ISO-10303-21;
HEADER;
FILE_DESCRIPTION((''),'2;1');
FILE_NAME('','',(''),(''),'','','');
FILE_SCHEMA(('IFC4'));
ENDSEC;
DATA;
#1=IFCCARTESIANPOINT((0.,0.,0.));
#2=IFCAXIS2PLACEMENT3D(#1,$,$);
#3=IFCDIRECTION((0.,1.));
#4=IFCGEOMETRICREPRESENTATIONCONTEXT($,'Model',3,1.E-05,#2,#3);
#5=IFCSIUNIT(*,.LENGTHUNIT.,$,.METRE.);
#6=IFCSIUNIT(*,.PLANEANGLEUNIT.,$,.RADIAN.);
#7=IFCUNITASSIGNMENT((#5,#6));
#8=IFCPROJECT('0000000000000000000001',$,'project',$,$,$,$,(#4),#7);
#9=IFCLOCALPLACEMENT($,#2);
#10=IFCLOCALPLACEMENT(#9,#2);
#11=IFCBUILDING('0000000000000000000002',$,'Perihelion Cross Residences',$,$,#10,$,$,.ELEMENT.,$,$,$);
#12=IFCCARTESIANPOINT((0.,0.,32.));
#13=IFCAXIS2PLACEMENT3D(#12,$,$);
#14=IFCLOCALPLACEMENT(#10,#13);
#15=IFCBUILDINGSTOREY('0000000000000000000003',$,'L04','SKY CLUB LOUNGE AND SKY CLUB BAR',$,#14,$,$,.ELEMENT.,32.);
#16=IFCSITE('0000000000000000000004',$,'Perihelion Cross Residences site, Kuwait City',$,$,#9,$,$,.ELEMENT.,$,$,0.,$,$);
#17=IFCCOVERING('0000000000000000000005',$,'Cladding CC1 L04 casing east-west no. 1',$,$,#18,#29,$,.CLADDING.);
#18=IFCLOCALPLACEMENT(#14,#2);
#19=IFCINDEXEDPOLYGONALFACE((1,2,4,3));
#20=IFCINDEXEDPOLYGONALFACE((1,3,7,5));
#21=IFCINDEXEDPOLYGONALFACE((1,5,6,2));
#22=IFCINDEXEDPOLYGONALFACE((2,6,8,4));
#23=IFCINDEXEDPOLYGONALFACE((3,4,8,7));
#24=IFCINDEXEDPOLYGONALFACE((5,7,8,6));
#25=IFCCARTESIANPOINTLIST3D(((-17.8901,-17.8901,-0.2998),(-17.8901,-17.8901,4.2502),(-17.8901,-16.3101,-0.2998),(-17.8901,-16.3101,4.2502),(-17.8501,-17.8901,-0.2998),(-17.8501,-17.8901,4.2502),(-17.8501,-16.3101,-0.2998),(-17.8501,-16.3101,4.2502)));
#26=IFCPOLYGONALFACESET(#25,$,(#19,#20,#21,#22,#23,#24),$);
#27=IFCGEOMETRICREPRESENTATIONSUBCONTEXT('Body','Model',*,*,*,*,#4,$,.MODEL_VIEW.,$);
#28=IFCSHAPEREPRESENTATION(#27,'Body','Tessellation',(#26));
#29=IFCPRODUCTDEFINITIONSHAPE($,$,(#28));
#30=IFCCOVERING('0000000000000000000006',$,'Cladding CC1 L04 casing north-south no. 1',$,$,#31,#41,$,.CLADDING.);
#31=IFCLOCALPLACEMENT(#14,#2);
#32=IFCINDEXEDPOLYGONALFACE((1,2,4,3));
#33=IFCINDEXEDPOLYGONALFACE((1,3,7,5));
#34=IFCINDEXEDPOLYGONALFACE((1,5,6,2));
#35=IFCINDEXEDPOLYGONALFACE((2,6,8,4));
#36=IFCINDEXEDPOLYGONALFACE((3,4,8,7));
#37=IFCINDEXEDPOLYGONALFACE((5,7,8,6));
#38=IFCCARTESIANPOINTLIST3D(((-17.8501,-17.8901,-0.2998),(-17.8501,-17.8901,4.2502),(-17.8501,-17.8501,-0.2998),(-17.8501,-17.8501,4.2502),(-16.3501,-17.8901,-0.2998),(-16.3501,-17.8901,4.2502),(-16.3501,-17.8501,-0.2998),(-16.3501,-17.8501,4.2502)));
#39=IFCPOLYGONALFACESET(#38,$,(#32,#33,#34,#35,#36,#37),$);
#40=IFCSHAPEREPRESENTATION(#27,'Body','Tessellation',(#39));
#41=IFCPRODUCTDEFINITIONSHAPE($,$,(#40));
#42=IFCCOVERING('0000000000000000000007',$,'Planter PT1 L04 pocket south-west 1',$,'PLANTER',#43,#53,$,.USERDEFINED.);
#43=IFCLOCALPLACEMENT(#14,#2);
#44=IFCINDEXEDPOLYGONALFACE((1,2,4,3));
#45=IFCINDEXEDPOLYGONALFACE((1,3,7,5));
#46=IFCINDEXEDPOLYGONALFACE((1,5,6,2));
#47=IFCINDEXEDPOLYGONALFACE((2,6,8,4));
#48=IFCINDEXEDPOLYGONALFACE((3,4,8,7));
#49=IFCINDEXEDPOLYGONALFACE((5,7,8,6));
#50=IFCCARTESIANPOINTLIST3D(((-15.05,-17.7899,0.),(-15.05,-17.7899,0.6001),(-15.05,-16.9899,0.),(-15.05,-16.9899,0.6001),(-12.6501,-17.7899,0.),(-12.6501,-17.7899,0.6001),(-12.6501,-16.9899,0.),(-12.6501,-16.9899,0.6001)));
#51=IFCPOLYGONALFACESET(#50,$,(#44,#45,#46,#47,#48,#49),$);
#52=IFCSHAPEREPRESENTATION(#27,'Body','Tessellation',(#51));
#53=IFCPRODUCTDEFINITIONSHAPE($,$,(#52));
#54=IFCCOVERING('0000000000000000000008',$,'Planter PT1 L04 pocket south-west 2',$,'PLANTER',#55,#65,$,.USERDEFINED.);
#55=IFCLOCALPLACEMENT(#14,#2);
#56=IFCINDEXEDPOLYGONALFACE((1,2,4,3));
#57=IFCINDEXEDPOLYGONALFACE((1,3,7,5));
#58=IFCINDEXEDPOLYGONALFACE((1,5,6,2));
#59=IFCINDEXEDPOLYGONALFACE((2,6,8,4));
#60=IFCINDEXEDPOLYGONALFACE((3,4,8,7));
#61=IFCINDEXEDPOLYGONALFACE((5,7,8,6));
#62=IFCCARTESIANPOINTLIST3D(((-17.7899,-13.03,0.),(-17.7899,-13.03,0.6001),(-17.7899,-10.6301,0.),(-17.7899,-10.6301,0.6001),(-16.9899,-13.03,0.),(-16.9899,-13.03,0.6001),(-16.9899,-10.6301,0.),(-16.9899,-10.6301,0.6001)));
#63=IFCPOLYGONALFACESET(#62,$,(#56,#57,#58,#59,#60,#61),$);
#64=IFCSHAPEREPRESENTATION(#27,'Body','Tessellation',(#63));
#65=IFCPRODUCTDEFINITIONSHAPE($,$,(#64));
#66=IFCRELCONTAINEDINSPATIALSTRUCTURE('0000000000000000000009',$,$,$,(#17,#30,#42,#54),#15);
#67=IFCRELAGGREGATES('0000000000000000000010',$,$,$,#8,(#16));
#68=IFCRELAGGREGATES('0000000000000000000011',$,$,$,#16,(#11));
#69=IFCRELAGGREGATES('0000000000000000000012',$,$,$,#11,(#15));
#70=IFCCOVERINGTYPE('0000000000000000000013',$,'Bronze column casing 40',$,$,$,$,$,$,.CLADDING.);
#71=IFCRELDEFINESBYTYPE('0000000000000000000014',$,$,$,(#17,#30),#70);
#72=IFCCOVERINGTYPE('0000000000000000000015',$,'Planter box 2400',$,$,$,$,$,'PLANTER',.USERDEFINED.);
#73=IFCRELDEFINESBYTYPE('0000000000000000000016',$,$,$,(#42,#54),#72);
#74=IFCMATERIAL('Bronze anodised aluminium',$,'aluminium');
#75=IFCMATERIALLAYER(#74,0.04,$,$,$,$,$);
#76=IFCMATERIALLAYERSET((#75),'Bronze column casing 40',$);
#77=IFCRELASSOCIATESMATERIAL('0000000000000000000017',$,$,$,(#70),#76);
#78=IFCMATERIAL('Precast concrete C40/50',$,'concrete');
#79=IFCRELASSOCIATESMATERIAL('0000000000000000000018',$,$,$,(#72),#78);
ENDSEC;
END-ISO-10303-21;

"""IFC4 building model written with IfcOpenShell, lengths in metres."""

from ifc_helpers import new_model, si_unit, direction, frame, origin, origin_2d, place, context, subcontext, project, spatial, rectangle, extrude, material, layer, layer_set, type_object, element, save


model = new_model("IFC4")

# Units and contexts
model_context = context("Model", 3, precision=1e-05, world=origin(), true_north=direction((0.0, 1.0)))
body_context = subcontext(model_context, "Body", "Model", "MODEL_VIEW")
ifc_project = project(units=[si_unit("LENGTHUNIT", "METRE"), si_unit("PLANEANGLEUNIT", "RADIAN")], contexts=[model_context])

# Site, building, storey
site_placement = place(None, origin())
site = spatial("IfcSite", under=ifc_project, at=site_placement, Name="Perihelion Cross Residences site, Kuwait City", CompositionType="ELEMENT", RefElevation=0.0)
building_placement = place(site_placement, origin())
building = spatial("IfcBuilding", under=site, at=building_placement, Name="Perihelion Cross Residences", CompositionType="ELEMENT")
storey_placement = place(building_placement, frame((0.0, 0.0, 32.0)))
storey = spatial("IfcBuildingStorey", under=building, at=storey_placement, Name="L04", Description="SKY CLUB LOUNGE AND SKY CLUB BAR", CompositionType="ELEMENT", Elevation=32.0)

# Coverings
ifc_material_1 = material(Name="Bronze anodised aluminium", Category="aluminium")
ifc_layer_1 = layer(ifc_material_1, 0.04)
ifc_layer_set_1 = layer_set([ifc_layer_1], Name="Bronze column casing 40")
covering_type_1 = type_object("IfcCoveringType", Name="Bronze column casing 40", PredefinedType="CLADDING", material=ifc_layer_set_1)
covering_1_placement = place(storey_placement, frame((-17.8701, -17.1001, -0.2998), z_axis=(0.0, 0.0, 1.0), x_axis=(1.0, 0.0, 0.0)))
element("IfcCovering", 1, at=covering_1_placement, inside=storey, type_object=covering_type_1, Name="Cladding CC1 L04 casing east-west no. 1", PredefinedType="CLADDING", context=body_context, shape_type="SweptSolid", body=[
    extrude(rectangle(XDim=0.04, YDim=1.5801, at=origin_2d()), origin(), (0.0, 0.0, 1.0), 4.55),
])
covering_2_placement = place(storey_placement, frame((-17.1001, -17.8701, -0.2998), z_axis=(0.0, 0.0, 1.0), x_axis=(1.0, 0.0, 0.0)))
element("IfcCovering", 2, at=covering_2_placement, inside=storey, type_object=covering_type_1, Name="Cladding CC1 L04 casing north-south no. 1", PredefinedType="CLADDING", context=body_context, shape_type="SweptSolid", body=[
    extrude(rectangle(XDim=1.5, YDim=0.04, at=origin_2d()), origin(), (0.0, 0.0, 1.0), 4.55),
])
ifc_material_2 = material(Name="Precast concrete C40/50", Category="concrete")
covering_type_2 = type_object("IfcCoveringType", Name="Planter box 2400", ElementType="PLANTER", PredefinedType="USERDEFINED", material=ifc_material_2)
for number, where, z_axis, x_axis, name in (
    (3, (-13.8501, -17.3899, 0.0), (0.0, 0.0, 1.0), (-1.0, 0.0, 0.0), "Planter PT1 L04 pocket south-west 1"),
    (4, (-17.3899, -11.8301, 0.0), (0.0, 0.0, 1.0), (0.0, 1.0, 0.0), "Planter PT1 L04 pocket south-west 2"),
):
    element("IfcCovering", number, at=place(storey_placement, frame(where, z_axis=z_axis, x_axis=x_axis)), inside=storey, type_object=covering_type_2, Name=name, ObjectType="PLANTER", PredefinedType="USERDEFINED", context=body_context, shape_type="SweptSolid", body=[
        extrude(rectangle(XDim=2.3999, YDim=0.8, at=origin_2d()), origin(), (0.0, 0.0, 1.0), 0.6001),
    ])

save(model, "model.ifc")
